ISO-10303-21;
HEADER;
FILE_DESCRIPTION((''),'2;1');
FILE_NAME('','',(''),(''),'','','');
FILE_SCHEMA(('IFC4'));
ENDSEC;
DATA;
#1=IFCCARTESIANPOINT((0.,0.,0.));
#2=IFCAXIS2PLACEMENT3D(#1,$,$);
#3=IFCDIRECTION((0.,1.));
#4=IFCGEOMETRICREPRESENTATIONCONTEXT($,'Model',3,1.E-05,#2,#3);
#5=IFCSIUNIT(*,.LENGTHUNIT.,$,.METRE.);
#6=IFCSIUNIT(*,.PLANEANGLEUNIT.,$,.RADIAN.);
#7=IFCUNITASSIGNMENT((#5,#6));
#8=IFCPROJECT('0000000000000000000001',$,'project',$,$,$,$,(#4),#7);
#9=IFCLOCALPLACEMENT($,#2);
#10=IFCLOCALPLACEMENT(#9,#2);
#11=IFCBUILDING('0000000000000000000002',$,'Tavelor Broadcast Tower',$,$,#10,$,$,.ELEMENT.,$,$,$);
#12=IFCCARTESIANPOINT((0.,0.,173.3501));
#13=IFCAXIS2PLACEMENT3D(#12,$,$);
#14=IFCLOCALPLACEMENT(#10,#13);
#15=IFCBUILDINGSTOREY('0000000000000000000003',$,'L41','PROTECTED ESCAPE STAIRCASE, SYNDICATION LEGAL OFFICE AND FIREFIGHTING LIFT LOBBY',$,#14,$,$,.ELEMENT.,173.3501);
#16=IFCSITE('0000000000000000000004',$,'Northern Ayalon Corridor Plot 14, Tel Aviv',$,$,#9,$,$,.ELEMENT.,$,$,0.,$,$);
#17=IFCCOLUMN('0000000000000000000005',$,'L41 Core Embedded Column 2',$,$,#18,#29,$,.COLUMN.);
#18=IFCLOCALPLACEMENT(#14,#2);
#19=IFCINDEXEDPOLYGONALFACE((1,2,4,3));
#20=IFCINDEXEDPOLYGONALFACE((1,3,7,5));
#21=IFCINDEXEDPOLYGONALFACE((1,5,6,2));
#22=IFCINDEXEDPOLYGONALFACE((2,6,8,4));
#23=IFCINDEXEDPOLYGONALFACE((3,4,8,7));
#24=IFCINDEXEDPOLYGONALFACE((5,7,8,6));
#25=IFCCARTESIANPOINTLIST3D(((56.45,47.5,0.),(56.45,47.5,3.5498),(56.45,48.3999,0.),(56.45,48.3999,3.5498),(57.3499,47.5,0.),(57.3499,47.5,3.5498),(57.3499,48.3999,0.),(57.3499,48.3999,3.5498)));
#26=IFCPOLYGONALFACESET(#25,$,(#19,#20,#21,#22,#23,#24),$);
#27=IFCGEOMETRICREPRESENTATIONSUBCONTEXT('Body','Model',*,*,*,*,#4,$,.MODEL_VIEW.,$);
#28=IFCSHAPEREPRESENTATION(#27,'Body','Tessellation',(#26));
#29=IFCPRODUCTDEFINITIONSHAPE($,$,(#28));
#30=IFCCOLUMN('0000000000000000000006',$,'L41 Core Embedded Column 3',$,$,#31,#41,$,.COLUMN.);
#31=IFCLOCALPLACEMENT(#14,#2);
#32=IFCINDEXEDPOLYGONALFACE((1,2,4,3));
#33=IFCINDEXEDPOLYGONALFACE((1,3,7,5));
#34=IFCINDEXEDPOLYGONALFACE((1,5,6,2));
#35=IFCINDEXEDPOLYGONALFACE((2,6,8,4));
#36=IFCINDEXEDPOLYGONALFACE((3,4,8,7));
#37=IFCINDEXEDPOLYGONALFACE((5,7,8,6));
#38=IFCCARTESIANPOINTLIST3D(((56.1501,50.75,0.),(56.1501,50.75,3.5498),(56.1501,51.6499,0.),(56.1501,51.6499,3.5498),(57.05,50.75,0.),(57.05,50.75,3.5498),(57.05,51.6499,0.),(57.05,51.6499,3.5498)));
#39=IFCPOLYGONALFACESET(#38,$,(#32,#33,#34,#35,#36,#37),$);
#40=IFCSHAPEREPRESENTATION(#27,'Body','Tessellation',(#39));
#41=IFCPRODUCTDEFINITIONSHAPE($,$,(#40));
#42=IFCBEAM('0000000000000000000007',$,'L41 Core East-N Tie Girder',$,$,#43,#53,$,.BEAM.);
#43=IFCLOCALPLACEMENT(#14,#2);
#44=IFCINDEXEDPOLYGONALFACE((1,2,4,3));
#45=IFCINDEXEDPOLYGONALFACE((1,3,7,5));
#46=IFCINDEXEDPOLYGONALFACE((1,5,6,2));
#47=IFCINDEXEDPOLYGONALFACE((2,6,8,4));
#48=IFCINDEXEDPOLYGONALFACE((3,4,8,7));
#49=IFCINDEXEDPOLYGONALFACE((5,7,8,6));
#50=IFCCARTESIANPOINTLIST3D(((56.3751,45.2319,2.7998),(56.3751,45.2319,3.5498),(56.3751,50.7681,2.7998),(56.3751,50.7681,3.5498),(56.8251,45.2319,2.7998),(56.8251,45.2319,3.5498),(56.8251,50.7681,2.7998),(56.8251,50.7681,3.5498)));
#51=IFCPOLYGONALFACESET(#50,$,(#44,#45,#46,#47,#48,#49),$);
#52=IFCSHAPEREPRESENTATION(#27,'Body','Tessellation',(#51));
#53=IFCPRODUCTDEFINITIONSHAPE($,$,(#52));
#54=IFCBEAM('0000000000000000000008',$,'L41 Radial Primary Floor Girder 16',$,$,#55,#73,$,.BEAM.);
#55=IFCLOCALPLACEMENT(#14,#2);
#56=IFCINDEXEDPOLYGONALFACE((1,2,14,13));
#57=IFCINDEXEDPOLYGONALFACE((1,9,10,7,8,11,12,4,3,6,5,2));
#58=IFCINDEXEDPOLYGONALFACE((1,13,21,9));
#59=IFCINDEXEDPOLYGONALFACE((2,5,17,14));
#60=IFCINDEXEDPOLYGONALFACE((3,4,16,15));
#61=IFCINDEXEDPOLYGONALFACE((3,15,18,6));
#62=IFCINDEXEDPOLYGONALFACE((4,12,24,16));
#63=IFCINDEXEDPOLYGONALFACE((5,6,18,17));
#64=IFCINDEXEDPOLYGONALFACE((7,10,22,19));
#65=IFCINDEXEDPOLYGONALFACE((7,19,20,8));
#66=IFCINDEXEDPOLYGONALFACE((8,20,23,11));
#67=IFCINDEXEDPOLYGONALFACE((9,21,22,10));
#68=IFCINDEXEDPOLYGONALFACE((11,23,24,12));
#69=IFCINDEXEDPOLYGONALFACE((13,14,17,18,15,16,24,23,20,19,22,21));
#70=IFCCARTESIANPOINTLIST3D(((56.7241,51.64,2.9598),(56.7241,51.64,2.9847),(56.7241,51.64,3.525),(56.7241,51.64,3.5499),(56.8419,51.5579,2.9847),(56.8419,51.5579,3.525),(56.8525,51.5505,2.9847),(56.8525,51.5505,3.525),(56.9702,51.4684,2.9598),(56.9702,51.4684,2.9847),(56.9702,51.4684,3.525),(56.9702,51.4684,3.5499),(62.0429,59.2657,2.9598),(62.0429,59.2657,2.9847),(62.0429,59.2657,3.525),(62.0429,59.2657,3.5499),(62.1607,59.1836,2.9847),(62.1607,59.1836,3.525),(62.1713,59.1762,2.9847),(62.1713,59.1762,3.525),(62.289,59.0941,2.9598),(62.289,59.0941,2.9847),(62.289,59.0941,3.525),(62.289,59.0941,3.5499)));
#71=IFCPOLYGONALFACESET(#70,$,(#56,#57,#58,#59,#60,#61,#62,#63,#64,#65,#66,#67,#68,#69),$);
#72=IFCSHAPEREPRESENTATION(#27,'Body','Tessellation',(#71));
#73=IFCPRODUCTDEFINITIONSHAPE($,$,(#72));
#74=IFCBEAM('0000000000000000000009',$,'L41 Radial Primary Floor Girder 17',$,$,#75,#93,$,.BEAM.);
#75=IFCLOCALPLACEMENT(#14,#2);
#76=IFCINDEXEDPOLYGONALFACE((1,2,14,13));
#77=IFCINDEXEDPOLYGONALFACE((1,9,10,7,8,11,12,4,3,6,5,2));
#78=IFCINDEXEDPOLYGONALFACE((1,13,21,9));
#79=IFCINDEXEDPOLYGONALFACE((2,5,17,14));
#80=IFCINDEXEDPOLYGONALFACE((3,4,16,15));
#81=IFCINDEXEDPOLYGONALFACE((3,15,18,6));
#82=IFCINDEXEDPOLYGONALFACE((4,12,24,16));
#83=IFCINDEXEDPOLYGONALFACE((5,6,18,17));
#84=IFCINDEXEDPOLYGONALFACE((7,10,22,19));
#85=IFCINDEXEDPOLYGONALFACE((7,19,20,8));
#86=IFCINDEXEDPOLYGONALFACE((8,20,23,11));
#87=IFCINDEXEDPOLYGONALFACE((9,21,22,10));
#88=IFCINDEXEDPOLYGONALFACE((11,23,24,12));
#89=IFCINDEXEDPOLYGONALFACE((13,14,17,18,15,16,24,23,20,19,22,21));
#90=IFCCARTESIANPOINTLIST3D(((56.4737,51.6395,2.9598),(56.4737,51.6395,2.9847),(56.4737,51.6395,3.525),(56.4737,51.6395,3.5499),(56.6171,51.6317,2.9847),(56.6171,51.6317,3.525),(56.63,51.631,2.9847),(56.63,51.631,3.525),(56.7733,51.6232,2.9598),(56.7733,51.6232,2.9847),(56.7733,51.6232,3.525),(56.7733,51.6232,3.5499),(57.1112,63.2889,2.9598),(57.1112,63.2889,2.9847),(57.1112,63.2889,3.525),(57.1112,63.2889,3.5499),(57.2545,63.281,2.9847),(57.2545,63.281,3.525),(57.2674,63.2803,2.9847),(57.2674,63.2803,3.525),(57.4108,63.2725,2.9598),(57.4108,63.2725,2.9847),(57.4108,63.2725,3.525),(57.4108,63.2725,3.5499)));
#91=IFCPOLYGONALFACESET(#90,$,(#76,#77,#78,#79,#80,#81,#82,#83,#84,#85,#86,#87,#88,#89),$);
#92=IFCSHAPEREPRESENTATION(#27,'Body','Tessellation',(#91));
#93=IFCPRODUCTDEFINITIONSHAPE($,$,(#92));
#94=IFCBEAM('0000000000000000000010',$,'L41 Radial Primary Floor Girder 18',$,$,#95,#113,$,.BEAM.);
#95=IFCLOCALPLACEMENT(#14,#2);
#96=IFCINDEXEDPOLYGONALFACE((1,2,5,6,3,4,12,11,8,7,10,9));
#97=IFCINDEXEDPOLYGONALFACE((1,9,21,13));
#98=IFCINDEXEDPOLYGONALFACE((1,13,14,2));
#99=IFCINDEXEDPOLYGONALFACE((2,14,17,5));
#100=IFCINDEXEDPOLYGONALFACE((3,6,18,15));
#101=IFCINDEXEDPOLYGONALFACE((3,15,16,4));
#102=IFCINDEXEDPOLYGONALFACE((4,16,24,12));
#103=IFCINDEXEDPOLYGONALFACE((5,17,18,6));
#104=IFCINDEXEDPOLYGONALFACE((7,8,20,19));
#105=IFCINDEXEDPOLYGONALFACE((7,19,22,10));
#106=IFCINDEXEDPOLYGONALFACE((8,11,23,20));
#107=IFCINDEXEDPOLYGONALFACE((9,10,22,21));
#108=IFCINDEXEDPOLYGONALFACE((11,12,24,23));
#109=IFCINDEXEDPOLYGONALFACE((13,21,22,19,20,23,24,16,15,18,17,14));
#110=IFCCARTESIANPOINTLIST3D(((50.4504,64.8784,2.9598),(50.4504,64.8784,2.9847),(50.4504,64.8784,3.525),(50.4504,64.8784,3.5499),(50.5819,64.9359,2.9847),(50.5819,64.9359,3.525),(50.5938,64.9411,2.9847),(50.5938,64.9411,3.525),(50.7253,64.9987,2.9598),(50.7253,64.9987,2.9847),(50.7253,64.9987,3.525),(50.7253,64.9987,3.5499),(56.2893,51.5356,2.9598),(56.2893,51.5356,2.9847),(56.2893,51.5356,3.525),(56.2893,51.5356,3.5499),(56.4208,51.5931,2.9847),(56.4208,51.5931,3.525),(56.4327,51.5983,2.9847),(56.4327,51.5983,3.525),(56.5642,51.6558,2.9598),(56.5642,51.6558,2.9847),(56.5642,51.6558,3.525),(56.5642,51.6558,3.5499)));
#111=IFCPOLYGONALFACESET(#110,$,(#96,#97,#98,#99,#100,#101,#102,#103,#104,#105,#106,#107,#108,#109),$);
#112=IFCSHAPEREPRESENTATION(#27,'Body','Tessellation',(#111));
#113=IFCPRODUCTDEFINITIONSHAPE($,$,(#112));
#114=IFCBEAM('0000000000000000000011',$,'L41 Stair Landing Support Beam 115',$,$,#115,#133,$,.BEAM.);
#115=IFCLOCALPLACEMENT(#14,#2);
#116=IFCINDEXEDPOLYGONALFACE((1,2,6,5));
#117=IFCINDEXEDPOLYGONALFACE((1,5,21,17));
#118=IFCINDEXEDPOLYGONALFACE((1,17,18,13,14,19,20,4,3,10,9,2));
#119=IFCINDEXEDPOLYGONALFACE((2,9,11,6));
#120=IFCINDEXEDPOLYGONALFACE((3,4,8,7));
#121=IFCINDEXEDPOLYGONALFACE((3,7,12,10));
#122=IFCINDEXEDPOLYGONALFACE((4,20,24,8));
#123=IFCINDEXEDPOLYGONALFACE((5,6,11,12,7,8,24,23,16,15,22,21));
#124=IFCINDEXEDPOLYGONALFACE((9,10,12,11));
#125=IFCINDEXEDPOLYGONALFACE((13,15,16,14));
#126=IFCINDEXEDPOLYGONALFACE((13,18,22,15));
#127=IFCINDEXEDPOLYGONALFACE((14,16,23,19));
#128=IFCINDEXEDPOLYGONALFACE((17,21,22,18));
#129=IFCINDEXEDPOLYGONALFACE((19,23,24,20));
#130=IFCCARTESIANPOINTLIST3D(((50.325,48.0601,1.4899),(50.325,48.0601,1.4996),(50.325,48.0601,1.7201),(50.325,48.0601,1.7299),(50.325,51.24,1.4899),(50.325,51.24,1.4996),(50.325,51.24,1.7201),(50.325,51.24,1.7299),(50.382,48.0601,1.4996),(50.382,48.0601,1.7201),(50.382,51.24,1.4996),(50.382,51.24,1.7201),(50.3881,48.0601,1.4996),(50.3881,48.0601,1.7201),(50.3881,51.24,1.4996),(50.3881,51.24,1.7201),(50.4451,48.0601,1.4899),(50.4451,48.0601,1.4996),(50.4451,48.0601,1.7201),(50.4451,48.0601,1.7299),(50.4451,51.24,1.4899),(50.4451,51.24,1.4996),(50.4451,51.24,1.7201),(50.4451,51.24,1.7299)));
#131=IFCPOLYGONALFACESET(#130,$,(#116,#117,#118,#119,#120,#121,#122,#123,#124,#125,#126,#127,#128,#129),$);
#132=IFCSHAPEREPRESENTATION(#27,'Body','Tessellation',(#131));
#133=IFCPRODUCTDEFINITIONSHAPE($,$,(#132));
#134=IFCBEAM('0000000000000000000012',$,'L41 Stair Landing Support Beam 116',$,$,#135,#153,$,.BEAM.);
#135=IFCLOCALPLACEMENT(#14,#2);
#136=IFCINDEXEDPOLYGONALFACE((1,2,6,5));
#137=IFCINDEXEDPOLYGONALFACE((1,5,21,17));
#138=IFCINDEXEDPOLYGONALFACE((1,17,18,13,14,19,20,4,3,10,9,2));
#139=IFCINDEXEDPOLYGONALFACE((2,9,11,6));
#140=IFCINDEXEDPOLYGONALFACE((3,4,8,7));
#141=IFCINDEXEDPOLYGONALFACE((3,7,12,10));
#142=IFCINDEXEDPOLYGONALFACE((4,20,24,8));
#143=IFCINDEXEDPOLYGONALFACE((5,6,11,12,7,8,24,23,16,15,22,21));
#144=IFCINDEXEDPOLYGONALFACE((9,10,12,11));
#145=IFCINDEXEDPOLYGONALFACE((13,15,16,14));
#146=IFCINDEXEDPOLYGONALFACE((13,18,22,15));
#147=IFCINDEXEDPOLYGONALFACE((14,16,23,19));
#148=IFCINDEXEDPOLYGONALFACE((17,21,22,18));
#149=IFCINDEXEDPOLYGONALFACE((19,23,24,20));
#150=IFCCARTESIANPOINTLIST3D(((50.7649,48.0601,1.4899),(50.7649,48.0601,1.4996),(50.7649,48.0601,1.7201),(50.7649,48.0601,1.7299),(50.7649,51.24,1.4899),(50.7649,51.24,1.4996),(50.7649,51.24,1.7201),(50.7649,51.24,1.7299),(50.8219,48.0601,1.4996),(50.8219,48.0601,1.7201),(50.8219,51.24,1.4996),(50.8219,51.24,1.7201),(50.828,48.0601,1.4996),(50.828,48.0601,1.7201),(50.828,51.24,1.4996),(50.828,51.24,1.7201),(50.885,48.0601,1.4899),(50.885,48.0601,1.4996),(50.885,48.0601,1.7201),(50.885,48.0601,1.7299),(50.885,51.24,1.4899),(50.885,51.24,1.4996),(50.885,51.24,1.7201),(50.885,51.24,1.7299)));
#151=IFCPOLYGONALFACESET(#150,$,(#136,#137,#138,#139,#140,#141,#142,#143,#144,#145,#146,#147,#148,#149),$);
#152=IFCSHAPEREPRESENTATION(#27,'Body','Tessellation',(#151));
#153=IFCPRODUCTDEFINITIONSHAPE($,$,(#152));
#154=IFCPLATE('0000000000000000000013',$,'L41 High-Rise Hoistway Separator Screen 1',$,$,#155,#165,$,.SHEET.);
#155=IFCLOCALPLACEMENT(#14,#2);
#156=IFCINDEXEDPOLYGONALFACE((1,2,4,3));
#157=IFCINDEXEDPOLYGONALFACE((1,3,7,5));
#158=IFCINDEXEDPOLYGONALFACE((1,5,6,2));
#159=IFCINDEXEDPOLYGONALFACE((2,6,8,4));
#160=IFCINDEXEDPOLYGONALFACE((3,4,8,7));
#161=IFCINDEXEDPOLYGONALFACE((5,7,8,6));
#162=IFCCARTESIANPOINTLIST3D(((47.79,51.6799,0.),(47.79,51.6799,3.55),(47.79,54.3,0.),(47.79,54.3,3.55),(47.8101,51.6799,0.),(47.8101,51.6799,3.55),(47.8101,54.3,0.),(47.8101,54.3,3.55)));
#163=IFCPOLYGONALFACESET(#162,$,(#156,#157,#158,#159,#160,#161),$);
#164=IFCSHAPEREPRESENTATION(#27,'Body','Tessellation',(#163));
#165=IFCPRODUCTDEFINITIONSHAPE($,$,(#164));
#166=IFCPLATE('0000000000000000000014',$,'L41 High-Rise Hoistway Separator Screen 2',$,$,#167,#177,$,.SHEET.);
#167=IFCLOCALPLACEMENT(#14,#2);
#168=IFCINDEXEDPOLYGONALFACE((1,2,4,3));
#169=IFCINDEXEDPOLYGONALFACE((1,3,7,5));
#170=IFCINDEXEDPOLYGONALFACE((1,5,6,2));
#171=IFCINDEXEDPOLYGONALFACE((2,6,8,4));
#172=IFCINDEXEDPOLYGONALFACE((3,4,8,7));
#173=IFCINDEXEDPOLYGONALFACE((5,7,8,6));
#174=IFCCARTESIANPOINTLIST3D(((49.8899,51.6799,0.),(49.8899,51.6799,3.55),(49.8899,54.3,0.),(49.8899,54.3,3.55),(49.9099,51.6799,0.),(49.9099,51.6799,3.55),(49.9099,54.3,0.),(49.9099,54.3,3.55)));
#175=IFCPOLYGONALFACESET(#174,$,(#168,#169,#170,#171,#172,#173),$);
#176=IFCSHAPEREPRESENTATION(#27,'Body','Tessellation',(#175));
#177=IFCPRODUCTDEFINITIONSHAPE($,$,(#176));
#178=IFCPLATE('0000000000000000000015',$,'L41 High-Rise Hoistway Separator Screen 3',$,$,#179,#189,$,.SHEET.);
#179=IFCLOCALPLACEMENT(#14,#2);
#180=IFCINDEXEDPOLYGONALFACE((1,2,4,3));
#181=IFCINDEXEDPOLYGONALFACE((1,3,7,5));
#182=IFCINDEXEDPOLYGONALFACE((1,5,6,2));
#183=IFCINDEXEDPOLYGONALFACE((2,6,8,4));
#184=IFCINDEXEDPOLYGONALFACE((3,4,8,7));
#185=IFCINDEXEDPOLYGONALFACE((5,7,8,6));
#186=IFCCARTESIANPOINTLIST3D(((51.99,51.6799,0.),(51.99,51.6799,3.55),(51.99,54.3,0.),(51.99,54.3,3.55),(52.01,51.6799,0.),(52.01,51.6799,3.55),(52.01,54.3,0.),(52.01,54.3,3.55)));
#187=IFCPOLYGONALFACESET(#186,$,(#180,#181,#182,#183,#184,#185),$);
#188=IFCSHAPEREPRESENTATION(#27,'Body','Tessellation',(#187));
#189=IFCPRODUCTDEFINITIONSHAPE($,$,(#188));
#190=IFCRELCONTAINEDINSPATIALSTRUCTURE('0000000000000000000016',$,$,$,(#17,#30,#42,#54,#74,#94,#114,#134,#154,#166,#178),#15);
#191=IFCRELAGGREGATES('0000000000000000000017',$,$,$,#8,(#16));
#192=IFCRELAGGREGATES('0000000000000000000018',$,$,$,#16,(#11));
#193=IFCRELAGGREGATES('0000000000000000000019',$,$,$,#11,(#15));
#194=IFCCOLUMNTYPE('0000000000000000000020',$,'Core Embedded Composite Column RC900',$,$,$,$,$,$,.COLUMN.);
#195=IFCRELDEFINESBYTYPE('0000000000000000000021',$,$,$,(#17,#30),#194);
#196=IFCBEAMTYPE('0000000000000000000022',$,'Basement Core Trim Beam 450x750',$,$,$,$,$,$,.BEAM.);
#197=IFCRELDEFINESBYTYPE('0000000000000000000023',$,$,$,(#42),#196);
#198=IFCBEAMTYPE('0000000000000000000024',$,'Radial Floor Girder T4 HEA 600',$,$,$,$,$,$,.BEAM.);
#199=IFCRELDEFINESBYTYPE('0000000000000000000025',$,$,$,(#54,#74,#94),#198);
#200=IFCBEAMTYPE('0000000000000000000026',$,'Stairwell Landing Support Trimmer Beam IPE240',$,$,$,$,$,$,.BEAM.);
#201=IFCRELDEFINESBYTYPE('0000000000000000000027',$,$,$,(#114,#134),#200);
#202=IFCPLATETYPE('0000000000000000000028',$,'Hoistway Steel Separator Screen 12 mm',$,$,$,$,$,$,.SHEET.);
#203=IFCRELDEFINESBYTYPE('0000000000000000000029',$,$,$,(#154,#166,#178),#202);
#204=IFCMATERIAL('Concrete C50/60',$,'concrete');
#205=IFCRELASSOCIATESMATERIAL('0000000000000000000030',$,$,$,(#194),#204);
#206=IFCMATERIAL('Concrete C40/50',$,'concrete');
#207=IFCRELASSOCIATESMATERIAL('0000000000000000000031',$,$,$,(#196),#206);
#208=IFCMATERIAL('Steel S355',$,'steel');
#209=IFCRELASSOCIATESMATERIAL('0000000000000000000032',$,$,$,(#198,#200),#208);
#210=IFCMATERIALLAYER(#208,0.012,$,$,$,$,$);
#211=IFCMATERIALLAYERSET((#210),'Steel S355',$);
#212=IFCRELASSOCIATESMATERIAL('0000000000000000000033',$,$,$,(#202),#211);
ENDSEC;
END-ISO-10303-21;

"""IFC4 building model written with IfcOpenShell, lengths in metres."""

from ifc_helpers import new_model, si_unit, direction, frame, origin, origin_2d, place, context, subcontext, project, spatial, rectangle, i_section, extrude, source, transform, mapped, material, layer, layer_set, material_profile, profile_set, type_object, type_shapes, element, save


model = new_model("IFC4")

# Units and contexts
model_context = context("Model", 3, precision=1e-05, world=origin(), true_north=direction((0.0, 1.0)))
body_context = subcontext(model_context, "Body", "Model", "MODEL_VIEW")
ifc_project = project(units=[si_unit("LENGTHUNIT", "METRE"), si_unit("PLANEANGLEUNIT", "RADIAN")], contexts=[model_context])

# Site, building, storey
site_placement = place(None, origin())
site = spatial("IfcSite", under=ifc_project, at=site_placement, Name="Northern Ayalon Corridor Plot 14, Tel Aviv", CompositionType="ELEMENT", RefElevation=0.0)
building_placement = place(site_placement, origin())
building = spatial("IfcBuilding", under=site, at=building_placement, Name="Tavelor Broadcast Tower", CompositionType="ELEMENT")
storey_placement = place(building_placement, frame((0.0, 0.0, 173.3501)))
storey = spatial("IfcBuildingStorey", under=building, at=storey_placement, Name="L41", Description="PROTECTED ESCAPE STAIRCASE, SYNDICATION LEGAL OFFICE AND FIREFIGHTING LIFT LOBBY", CompositionType="ELEMENT", Elevation=173.3501)

# Columns
ifc_material_1 = material(Name="Concrete C50/60", Category="concrete")
ifc_material_profile_1 = material_profile(ifc_material_1, rectangle(XDim=0.8999, YDim=0.8999, at=origin_2d()), Name="RC 900x900")
ifc_profile_set_1 = profile_set([ifc_material_profile_1], Name="Concrete C50/60")
column_type = type_object("IfcColumnType", Name="Core Embedded Composite Column RC900", PredefinedType="COLUMN", material=ifc_profile_set_1)
for number, where, z_axis, x_axis, name in (
    (1, (56.8999, 47.95, 0.0), (0.0, 0.0, 1.0), (1.0, 0.0, 0.0), "L41 Core Embedded Column 2"),
    (2, (56.6001, 51.2, 0.0), (0.0, 0.0, 1.0), (1.0, 0.0, 0.0), "L41 Core Embedded Column 3"),
):
    element("IfcColumn", number, at=place(storey_placement, frame(where, z_axis=z_axis, x_axis=x_axis)), inside=storey, type_object=column_type, Name=name, PredefinedType="COLUMN", context=body_context, shape_type="SweptSolid", body=[
        extrude(rectangle(XDim=0.8999, YDim=0.8999, at=origin_2d()), origin(), (0.0, 0.0, 1.0), 3.5498),
    ])

# Beams
ifc_material_2 = material(Name="Concrete C40/50", Category="concrete")
ifc_material_profile_2 = material_profile(ifc_material_2, rectangle(XDim=0.45, YDim=0.75, at=origin_2d()), Name="RC 450x750")
ifc_profile_set_2 = profile_set([ifc_material_profile_2], Name="Concrete C40/50")
beam_type_1 = type_object("IfcBeamType", Name="Basement Core Trim Beam 450x750", PredefinedType="BEAM", material=ifc_profile_set_2)
beam_1_placement = place(storey_placement, frame((56.6001, 45.2319, 3.1748), z_axis=(0.0, 1.0, 0.0), x_axis=(-1.0, 0.0, 0.0)))
element("IfcBeam", 3, at=beam_1_placement, inside=storey, type_object=beam_type_1, Name="L41 Core East-N Tie Girder", PredefinedType="BEAM", context=body_context, shape_type="SweptSolid", body=[
    extrude(rectangle(XDim=0.45, YDim=0.75, at=origin_2d()), origin(), (0.0, 0.0, 1.0), 5.5361),
])
ifc_material_3 = material(Name="Steel S355", Category="steel")
ifc_material_profile_3 = material_profile(ifc_material_3, i_section(OverallWidth=0.3, OverallDepth=0.5901, WebThickness=0.0129, FlangeThickness=0.0249, at=origin_2d()), Name="HEA 600")
ifc_profile_set_3 = profile_set([ifc_material_profile_3], Name="Steel S355")
beam_type_2 = type_object("IfcBeamType", Name="Radial Floor Girder T4 HEA 600", PredefinedType="BEAM", material=ifc_profile_set_3)
beam_2_placement = place(storey_placement, frame((56.8472, 51.5542, 3.2549), z_axis=(0.572078, 0.820199, 0.0), x_axis=(-0.820199, 0.572078, 0.0)))
element("IfcBeam", 4, at=beam_2_placement, inside=storey, type_object=beam_type_2, Name="L41 Radial Primary Floor Girder 16", PredefinedType="BEAM", context=body_context, shape_type="SweptSolid", body=[
    extrude(i_section(OverallWidth=0.3, OverallDepth=0.5901, WebThickness=0.0129, FlangeThickness=0.0249, at=origin_2d()), origin(), (0.0, 0.0, 1.0), 9.2974),
])
beam_3_placement = place(storey_placement, frame((56.6235, 51.6313, 3.2549), z_axis=(0.054638, 0.998506, 0.0), x_axis=(-0.998506, 0.054638, 0.0)))
element("IfcBeam", 5, at=beam_3_placement, inside=storey, type_object=beam_type_2, Name="L41 Radial Primary Floor Girder 17", PredefinedType="BEAM", context=body_context, shape_type="SweptSolid", body=[
    extrude(i_section(OverallWidth=0.3, OverallDepth=0.5901, WebThickness=0.0129, FlangeThickness=0.0249, at=origin_2d()), origin(), (0.0, 0.0, 1.0), 11.6667),
])
beam_4_placement = place(storey_placement, frame((56.4268, 51.5957, 3.2549), z_axis=(-0.4009, 0.916122, 0.0), x_axis=(-0.916122, -0.4009, 0.0)))
element("IfcBeam", 6, at=beam_4_placement, inside=storey, type_object=beam_type_2, Name="L41 Radial Primary Floor Girder 18", PredefinedType="BEAM", context=body_context, shape_type="SweptSolid", body=[
    extrude(i_section(OverallWidth=0.3, OverallDepth=0.5901, WebThickness=0.0129, FlangeThickness=0.0249, at=origin_2d()), origin(), (0.0, 0.0, 1.0), 14.5645),
])
ifc_material_profile_4 = material_profile(ifc_material_3, i_section(OverallWidth=0.1201, OverallDepth=0.24, WebThickness=0.0061, FlangeThickness=0.0098, at=origin_2d()), Name="IPE 240")
ifc_profile_set_4 = profile_set([ifc_material_profile_4], Name="Steel S355")
beam_type_3 = type_object("IfcBeamType", Name="Stairwell Landing Support Trimmer Beam IPE240", PredefinedType="BEAM", material=ifc_profile_set_4)
for number, where, z_axis, x_axis, name in (
    (7, (50.385, 48.0601, 1.6099), (0.0, 1.0, 0.0), (-1.0, 0.0, 0.0), "L41 Stair Landing Support Beam 115"),
    (8, (50.825, 48.0601, 1.6099), (0.0, 1.0, 0.0), (-1.0, 0.0, 0.0), "L41 Stair Landing Support Beam 116"),
):
    element("IfcBeam", number, at=place(storey_placement, frame(where, z_axis=z_axis, x_axis=x_axis)), inside=storey, type_object=beam_type_3, Name=name, PredefinedType="BEAM", context=body_context, shape_type="SweptSolid", body=[
        extrude(i_section(OverallWidth=0.1201, OverallDepth=0.24, WebThickness=0.0061, FlangeThickness=0.0098, at=origin_2d()), origin(), (0.0, 0.0, 1.0), 3.1799),
    ])

# Plates
ifc_layer_1 = layer(ifc_material_3, 0.012)
ifc_layer_set_1 = layer_set([ifc_layer_1], Name="Steel S355")
plate_type = type_object("IfcPlateType", Name="Hoistway Steel Separator Screen 12 mm", PredefinedType="SHEET", material=ifc_layer_set_1)
shared_shape = source(origin(), body_context, "Body", "SweptSolid", [
    extrude(rectangle(XDim=0.02, YDim=2.6201, at=origin_2d()), origin(), (0.0, 0.0, 1.0), 3.55),
])
type_shapes(plate_type, [shared_shape])
for number, where, z_axis, x_axis, name in (
    (9, (47.8, 52.99, 0.0), (0.0, 0.0, 1.0), (1.0, 0.0, 0.0), "L41 High-Rise Hoistway Separator Screen 1"),
    (10, (49.8999, 52.99, 0.0), (0.0, 0.0, 1.0), (1.0, 0.0, 0.0), "L41 High-Rise Hoistway Separator Screen 2"),
    (11, (52.0, 52.99, 0.0), (0.0, 0.0, 1.0), (1.0, 0.0, 0.0), "L41 High-Rise Hoistway Separator Screen 3"),
):
    element("IfcPlate", number, at=place(storey_placement, frame(where, z_axis=z_axis, x_axis=x_axis)), inside=storey, type_object=plate_type, Name=name, PredefinedType="SHEET", context=body_context, shape_type="MappedRepresentation", body=[
        mapped(shared_shape, transform((0.0, 0.0, 0.0), scale=1.0)),
    ])

save(model, "model.ifc")
